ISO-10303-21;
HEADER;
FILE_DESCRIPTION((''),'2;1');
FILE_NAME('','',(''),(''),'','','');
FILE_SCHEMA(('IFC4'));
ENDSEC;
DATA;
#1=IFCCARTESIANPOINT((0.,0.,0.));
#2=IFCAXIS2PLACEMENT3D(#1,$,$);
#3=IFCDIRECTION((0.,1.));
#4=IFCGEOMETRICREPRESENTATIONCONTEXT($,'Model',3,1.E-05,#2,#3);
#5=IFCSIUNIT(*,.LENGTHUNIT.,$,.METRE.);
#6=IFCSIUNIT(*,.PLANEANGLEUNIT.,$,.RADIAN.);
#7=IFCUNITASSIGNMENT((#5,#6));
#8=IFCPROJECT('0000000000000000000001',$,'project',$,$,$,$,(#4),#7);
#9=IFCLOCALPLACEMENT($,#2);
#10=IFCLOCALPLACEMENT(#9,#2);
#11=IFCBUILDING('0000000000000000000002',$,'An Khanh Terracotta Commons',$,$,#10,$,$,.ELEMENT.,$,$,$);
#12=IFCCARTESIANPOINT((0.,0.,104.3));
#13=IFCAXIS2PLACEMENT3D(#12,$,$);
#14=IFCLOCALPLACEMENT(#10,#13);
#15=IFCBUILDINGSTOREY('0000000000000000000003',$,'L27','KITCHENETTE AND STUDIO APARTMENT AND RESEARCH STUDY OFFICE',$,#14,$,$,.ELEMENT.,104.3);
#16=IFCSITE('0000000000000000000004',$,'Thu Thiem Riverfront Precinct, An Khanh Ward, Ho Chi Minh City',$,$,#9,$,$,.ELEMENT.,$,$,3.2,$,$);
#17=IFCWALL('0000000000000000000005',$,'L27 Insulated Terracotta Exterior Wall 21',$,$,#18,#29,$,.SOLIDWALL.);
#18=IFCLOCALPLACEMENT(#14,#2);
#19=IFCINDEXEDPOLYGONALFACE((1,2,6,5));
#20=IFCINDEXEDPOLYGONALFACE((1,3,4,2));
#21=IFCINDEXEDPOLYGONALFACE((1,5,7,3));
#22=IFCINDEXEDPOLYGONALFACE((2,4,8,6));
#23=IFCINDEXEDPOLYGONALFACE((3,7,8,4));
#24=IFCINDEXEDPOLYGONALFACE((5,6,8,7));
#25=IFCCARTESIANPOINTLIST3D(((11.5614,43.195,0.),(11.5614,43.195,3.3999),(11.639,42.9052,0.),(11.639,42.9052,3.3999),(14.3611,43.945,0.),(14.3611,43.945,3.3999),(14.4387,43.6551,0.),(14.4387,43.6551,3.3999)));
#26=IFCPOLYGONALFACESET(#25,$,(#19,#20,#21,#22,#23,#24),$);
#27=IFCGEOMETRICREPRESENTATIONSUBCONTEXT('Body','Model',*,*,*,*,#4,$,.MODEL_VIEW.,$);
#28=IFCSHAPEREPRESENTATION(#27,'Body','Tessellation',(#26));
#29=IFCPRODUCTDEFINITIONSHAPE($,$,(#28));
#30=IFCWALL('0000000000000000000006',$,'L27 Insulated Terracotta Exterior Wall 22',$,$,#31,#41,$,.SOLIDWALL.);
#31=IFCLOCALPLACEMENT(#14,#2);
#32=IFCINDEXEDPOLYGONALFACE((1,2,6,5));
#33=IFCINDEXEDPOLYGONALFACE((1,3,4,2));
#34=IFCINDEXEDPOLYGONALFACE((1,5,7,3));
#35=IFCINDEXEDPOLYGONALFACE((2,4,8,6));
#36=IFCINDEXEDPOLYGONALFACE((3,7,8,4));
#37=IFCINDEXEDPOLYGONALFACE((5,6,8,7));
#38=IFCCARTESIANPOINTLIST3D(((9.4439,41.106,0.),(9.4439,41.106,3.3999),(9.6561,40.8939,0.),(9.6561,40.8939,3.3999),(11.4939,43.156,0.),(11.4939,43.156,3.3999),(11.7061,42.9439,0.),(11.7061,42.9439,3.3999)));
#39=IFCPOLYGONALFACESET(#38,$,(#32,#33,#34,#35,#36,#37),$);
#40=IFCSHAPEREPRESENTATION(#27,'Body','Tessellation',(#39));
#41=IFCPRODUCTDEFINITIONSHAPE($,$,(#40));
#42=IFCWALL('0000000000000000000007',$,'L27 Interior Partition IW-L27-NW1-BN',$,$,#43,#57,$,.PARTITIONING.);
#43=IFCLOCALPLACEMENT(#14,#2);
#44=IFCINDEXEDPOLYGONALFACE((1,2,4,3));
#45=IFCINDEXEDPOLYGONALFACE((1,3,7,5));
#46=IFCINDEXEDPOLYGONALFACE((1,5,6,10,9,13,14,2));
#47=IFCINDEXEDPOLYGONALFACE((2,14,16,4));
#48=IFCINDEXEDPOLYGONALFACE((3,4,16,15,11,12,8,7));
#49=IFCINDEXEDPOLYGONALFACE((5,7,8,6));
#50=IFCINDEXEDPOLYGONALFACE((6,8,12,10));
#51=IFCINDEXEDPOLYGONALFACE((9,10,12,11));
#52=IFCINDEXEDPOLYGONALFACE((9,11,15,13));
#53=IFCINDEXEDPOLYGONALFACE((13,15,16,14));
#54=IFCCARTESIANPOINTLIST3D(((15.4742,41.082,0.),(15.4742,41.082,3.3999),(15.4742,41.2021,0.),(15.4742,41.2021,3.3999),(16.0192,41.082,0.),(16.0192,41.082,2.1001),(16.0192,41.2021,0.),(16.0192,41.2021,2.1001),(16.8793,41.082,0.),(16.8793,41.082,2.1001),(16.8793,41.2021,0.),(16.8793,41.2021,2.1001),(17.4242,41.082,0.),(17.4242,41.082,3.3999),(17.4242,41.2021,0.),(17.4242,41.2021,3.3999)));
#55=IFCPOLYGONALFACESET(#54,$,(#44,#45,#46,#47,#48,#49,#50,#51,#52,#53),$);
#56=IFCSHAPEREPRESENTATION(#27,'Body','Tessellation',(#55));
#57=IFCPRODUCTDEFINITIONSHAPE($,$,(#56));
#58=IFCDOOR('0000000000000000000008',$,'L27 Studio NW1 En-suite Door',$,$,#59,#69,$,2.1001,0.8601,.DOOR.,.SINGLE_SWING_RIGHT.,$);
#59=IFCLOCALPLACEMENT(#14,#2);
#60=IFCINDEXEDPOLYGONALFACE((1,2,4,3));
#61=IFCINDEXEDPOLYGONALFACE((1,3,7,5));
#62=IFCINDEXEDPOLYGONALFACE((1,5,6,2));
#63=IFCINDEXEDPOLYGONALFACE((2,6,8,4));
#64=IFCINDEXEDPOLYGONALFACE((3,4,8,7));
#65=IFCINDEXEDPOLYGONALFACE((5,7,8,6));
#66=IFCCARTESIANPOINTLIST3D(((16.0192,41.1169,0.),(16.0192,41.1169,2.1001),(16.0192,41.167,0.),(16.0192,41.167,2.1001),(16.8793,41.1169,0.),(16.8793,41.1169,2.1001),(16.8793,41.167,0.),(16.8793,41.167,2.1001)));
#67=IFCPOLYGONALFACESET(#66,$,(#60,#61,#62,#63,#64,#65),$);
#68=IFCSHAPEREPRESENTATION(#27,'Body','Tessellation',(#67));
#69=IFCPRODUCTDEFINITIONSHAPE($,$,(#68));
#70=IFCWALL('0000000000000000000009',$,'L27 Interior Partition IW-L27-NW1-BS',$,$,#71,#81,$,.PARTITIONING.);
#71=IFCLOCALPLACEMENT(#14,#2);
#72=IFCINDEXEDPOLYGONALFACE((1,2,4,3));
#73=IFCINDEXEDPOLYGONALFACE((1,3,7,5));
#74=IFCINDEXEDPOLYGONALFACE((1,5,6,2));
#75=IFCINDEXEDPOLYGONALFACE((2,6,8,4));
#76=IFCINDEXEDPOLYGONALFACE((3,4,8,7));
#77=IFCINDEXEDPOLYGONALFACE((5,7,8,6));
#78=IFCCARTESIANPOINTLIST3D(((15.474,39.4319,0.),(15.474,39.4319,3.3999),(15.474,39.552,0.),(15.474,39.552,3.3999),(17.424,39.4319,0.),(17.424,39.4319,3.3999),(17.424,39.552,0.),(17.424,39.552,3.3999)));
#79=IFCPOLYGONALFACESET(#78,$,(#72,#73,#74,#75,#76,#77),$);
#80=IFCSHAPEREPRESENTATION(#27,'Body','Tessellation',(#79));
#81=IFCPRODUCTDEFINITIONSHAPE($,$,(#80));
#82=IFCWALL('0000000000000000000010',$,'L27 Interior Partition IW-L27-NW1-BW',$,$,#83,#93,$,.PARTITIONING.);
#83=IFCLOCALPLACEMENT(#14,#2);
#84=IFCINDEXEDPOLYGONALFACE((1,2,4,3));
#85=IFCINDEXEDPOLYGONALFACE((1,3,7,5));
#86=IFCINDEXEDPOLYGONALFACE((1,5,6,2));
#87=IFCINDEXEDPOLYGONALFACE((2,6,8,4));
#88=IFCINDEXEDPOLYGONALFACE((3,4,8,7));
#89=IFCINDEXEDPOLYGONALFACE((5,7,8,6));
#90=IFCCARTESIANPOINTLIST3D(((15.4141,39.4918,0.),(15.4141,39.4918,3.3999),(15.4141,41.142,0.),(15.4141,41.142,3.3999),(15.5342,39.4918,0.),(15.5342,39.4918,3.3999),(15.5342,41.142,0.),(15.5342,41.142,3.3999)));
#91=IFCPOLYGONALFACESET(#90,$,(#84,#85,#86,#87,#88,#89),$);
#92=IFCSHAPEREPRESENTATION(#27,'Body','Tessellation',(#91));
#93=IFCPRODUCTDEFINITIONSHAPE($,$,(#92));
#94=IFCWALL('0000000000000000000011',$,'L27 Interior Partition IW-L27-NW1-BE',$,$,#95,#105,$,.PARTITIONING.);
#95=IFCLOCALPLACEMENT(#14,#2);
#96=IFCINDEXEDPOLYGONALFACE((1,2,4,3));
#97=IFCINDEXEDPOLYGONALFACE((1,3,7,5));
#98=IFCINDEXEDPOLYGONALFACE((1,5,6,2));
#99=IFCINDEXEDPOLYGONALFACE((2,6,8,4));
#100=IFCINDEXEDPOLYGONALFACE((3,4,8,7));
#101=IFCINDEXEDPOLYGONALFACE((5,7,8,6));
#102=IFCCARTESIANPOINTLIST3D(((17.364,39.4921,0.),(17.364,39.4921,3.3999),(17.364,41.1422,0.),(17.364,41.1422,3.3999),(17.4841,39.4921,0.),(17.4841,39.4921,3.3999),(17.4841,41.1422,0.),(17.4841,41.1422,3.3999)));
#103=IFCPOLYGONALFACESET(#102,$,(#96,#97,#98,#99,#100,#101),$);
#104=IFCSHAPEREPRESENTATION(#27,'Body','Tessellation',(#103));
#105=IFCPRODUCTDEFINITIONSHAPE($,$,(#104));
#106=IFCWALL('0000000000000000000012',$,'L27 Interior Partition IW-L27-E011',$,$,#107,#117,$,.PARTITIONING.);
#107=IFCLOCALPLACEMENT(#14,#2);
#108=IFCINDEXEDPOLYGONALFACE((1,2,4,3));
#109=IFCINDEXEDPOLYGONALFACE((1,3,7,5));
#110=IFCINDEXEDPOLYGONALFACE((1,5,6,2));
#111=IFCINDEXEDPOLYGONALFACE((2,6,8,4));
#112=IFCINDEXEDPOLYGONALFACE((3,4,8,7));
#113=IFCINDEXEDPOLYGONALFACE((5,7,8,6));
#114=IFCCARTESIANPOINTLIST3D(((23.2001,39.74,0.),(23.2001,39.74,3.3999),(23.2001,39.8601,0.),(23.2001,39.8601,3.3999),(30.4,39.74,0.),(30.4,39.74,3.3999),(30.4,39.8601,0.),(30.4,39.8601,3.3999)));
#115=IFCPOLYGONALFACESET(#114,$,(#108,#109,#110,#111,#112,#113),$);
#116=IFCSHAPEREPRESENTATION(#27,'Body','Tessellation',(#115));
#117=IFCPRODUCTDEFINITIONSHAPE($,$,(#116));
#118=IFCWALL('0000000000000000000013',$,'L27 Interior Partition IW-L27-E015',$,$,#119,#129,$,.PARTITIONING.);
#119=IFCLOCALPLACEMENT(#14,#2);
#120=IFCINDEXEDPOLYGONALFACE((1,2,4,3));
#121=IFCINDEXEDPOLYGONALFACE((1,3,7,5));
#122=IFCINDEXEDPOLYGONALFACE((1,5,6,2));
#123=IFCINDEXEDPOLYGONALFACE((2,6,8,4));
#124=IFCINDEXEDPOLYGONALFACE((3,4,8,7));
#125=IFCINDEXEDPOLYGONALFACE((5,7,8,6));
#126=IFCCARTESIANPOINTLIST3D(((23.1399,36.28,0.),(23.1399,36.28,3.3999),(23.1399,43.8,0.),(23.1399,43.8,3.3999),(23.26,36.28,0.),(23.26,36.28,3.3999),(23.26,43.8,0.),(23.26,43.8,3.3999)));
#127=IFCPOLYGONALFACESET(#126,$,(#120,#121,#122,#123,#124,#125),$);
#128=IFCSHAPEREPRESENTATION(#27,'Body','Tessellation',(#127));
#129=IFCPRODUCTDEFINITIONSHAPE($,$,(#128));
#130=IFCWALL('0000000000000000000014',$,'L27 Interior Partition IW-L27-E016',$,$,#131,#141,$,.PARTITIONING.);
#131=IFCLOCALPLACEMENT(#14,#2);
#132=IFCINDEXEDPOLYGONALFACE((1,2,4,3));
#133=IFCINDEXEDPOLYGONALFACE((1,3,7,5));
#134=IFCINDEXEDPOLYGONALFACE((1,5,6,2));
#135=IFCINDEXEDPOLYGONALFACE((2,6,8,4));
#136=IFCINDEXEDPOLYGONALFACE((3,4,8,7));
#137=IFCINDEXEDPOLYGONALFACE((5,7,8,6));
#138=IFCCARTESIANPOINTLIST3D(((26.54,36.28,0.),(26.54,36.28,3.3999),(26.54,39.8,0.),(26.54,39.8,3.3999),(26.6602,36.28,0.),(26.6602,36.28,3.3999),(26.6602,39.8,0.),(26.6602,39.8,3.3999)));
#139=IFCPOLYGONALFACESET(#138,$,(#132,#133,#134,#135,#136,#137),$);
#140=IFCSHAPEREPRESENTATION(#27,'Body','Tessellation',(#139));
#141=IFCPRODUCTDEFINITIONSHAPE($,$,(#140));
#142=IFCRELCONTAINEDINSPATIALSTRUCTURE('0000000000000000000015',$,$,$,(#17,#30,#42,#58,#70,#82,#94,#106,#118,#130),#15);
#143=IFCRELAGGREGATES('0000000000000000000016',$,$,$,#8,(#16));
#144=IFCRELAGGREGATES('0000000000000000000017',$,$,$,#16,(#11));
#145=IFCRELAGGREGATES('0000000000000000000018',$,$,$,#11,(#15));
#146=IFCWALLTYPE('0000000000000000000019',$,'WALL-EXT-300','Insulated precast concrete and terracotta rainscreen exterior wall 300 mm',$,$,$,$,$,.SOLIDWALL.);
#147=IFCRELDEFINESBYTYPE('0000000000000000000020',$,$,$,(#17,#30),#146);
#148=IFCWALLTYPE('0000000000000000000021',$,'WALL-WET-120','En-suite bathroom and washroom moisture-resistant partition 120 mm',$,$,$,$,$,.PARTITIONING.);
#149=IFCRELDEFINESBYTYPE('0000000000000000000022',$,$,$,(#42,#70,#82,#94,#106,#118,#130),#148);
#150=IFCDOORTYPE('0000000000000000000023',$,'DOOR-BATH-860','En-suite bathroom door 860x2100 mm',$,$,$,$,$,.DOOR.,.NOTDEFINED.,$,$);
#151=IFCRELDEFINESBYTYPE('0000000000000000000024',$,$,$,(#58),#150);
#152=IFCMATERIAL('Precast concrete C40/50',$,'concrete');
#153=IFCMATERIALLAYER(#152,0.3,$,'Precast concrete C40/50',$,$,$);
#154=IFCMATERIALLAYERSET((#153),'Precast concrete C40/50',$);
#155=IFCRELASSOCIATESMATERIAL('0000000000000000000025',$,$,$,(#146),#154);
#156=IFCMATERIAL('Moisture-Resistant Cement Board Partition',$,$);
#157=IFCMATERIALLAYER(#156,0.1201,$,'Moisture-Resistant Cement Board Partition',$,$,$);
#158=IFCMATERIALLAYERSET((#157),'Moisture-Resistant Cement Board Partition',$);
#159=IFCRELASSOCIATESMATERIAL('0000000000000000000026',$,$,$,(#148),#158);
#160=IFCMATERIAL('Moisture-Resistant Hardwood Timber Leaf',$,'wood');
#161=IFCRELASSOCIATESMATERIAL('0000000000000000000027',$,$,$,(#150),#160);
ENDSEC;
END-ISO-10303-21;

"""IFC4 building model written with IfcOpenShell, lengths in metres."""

from ifc_helpers import new_model, si_unit, direction, frame, frame_2d, origin, place, context, subcontext, project, spatial, rectangle, extrude, material, layer, layer_set, type_object, element, fill, save


model = new_model("IFC4")

# Units and contexts
model_context = context("Model", 3, precision=1e-05, world=origin(), true_north=direction((0.0, 1.0)))
body_context = subcontext(model_context, "Body", "Model", "MODEL_VIEW")
ifc_project = project(units=[si_unit("LENGTHUNIT", "METRE"), si_unit("PLANEANGLEUNIT", "RADIAN")], contexts=[model_context])

# Site, building, storey
site_placement = place(None, origin())
site = spatial("IfcSite", under=ifc_project, at=site_placement, Name="Thu Thiem Riverfront Precinct, An Khanh Ward, Ho Chi Minh City", CompositionType="ELEMENT", RefElevation=3.2)
building_placement = place(site_placement, origin())
building = spatial("IfcBuilding", under=site, at=building_placement, Name="An Khanh Terracotta Commons", CompositionType="ELEMENT")
storey_placement = place(building_placement, frame((0.0, 0.0, 104.3)))
storey = spatial("IfcBuildingStorey", under=building, at=storey_placement, Name="L27", Description="KITCHENETTE AND STUDIO APARTMENT AND RESEARCH STUDY OFFICE", CompositionType="ELEMENT", Elevation=104.3)

# Walls
ifc_material_1 = material(Name="Precast concrete C40/50", Category="concrete")
ifc_layer_1 = layer(ifc_material_1, 0.3, Name="Precast concrete C40/50")
ifc_layer_set_1 = layer_set([ifc_layer_1], Name="Precast concrete C40/50")
wall_type_1 = type_object("IfcWallType", Name="WALL-EXT-300", Description="Insulated precast concrete and terracotta rainscreen exterior wall 300 mm", PredefinedType="SOLIDWALL", material=ifc_layer_set_1)
wall_1_placement = place(storey_placement, frame((14.3999, 43.8, 0.0), z_axis=(0.0, 0.0, 1.0), x_axis=(-0.965944, -0.258753, 0.0)))
element("IfcWall", 1, at=wall_1_placement, inside=storey, type_object=wall_type_1, Name="L27 Insulated Terracotta Exterior Wall 21", PredefinedType="SOLIDWALL", context=body_context, shape_type="SweptSolid", body=[
    extrude(rectangle(XDim=2.8984, YDim=0.3, at=frame_2d((1.4492, 0.0))), origin(), (0.0, 0.0, 1.0), 3.3999),
])
wall_2_placement = place(storey_placement, frame((11.6001, 43.05, 0.0), z_axis=(0.0, 0.0, 1.0), x_axis=(-0.707107, -0.707107, 0.0)))
element("IfcWall", 2, at=wall_2_placement, inside=storey, type_object=wall_type_1, Name="L27 Insulated Terracotta Exterior Wall 22", PredefinedType="SOLIDWALL", context=body_context, shape_type="SweptSolid", body=[
    extrude(rectangle(XDim=2.8992, YDim=0.3, at=frame_2d((1.4497, 0.0))), origin(), (0.0, 0.0, 1.0), 3.3999),
])

# Wall, opening, door
ifc_material_2 = material(Name="Moisture-Resistant Cement Board Partition")
ifc_layer_2 = layer(ifc_material_2, 0.1201, Name="Moisture-Resistant Cement Board Partition")
ifc_layer_set_2 = layer_set([ifc_layer_2], Name="Moisture-Resistant Cement Board Partition")
wall_type_2 = type_object("IfcWallType", Name="WALL-WET-120", Description="En-suite bathroom and washroom moisture-resistant partition 120 mm", PredefinedType="PARTITIONING", material=ifc_layer_set_2)
wall_3_placement = place(storey_placement, frame((15.4741, 41.1421, 0.0), z_axis=(0.0, 0.0, 1.0), x_axis=(1.0, 0.0, 0.0)))
wall_3 = element("IfcWall", 3, at=wall_3_placement, inside=storey, type_object=wall_type_2, Name="L27 Interior Partition IW-L27-NW1-BN", PredefinedType="PARTITIONING", context=body_context, shape_type="SweptSolid", body=[
    extrude(rectangle(XDim=1.95, YDim=0.1201, at=frame_2d((0.9751, 0.0))), origin(), (0.0, 0.0, 1.0), 3.3999),
])
opening_placement = place(wall_3_placement, frame((0.5449, 0.0, 0.0)))
opening = element("IfcOpeningElement", 4, at=opening_placement, cuts=wall_3, PredefinedType="OPENING", context=body_context, shape_type="SweptSolid", body=[
    extrude(rectangle(XDim=0.8601, YDim=2.1001, at=frame_2d((0.4302, 1.05))), frame((0.0, 0.0701, 0.0), z_axis=(0.0, -1.0, 0.0), x_axis=(1.0, 0.0, 0.0)), (0.0, 0.0, 1.0), 0.1401),
])
ifc_material_3 = material(Name="Moisture-Resistant Hardwood Timber Leaf", Category="wood")
door_type = type_object("IfcDoorType", Name="DOOR-BATH-860", Description="En-suite bathroom door 860x2100 mm", OperationType="NOTDEFINED", PredefinedType="DOOR", material=ifc_material_3)
door_placement = place(opening_placement, origin())
door = element("IfcDoor", 5, at=door_placement, inside=storey, type_object=door_type, Name="L27 Studio NW1 En-suite Door", OperationType="SINGLE_SWING_RIGHT", OverallHeight=2.1001, OverallWidth=0.8601, PredefinedType="DOOR", context=body_context, shape_type="SweptSolid", body=[
    extrude(rectangle(XDim=0.8601, YDim=2.1001, at=frame_2d((0.4302, 1.05))), frame((0.0, 0.0249, 0.0), z_axis=(0.0, -1.0, 0.0), x_axis=(1.0, 0.0, 0.0)), (0.0, 0.0, 1.0), 0.05),
])
fill(opening, door)

# Walls
wall_4_placement = place(storey_placement, frame((17.4241, 39.4919, 0.0), z_axis=(0.0, 0.0, 1.0), x_axis=(-1.0, 0.0, 0.0)))
element("IfcWall", 6, at=wall_4_placement, inside=storey, type_object=wall_type_2, Name="L27 Interior Partition IW-L27-NW1-BS", PredefinedType="PARTITIONING", context=body_context, shape_type="SweptSolid", body=[
    extrude(rectangle(XDim=1.95, YDim=0.1201, at=frame_2d((0.9751, 0.0))), origin(), (0.0, 0.0, 1.0), 3.3999),
])
for number, where, z_axis, x_axis, name in (
    (7, (15.4741, 41.1421, 0.0), (0.0, 0.0, 1.0), (0.0, -1.0, 0.0), "L27 Interior Partition IW-L27-NW1-BW"),
    (8, (17.4241, 39.4919, 0.0), (0.0, 0.0, 1.0), (0.0, 1.0, 0.0), "L27 Interior Partition IW-L27-NW1-BE"),
):
    element("IfcWall", number, at=place(storey_placement, frame(where, z_axis=z_axis, x_axis=x_axis)), inside=storey, type_object=wall_type_2, Name=name, PredefinedType="PARTITIONING", context=body_context, shape_type="SweptSolid", body=[
        extrude(rectangle(XDim=1.6501, YDim=0.1201, at=frame_2d((0.8252, 0.0))), origin(), (0.0, 0.0, 1.0), 3.3999),
    ])
wall_5_placement = place(storey_placement, frame((23.2, 39.8, 0.0), z_axis=(0.0, 0.0, 1.0), x_axis=(1.0, 0.0, 0.0)))
element("IfcWall", 9, at=wall_5_placement, inside=storey, type_object=wall_type_2, Name="L27 Interior Partition IW-L27-E011", PredefinedType="PARTITIONING", context=body_context, shape_type="SweptSolid", body=[
    extrude(rectangle(XDim=7.2, YDim=0.1201, at=frame_2d((3.6001, 0.0))), origin(), (0.0, 0.0, 1.0), 3.3999),
])
wall_6_placement = place(storey_placement, frame((23.2, 36.28, 0.0), z_axis=(0.0, 0.0, 1.0), x_axis=(0.0, 1.0, 0.0)))
element("IfcWall", 10, at=wall_6_placement, inside=storey, type_object=wall_type_2, Name="L27 Interior Partition IW-L27-E015", PredefinedType="PARTITIONING", context=body_context, shape_type="SweptSolid", body=[
    extrude(rectangle(XDim=7.52, YDim=0.1201, at=frame_2d((3.76, 0.0))), origin(), (0.0, 0.0, 1.0), 3.3999),
])
wall_7_placement = place(storey_placement, frame((26.6001, 36.28, 0.0), z_axis=(0.0, 0.0, 1.0), x_axis=(0.0, 1.0, 0.0)))
element("IfcWall", 11, at=wall_7_placement, inside=storey, type_object=wall_type_2, Name="L27 Interior Partition IW-L27-E016", PredefinedType="PARTITIONING", context=body_context, shape_type="SweptSolid", body=[
    extrude(rectangle(XDim=3.52, YDim=0.1201, at=frame_2d((1.76, 0.0))), origin(), (0.0, 0.0, 1.0), 3.3999),
])

save(model, "model.ifc")
